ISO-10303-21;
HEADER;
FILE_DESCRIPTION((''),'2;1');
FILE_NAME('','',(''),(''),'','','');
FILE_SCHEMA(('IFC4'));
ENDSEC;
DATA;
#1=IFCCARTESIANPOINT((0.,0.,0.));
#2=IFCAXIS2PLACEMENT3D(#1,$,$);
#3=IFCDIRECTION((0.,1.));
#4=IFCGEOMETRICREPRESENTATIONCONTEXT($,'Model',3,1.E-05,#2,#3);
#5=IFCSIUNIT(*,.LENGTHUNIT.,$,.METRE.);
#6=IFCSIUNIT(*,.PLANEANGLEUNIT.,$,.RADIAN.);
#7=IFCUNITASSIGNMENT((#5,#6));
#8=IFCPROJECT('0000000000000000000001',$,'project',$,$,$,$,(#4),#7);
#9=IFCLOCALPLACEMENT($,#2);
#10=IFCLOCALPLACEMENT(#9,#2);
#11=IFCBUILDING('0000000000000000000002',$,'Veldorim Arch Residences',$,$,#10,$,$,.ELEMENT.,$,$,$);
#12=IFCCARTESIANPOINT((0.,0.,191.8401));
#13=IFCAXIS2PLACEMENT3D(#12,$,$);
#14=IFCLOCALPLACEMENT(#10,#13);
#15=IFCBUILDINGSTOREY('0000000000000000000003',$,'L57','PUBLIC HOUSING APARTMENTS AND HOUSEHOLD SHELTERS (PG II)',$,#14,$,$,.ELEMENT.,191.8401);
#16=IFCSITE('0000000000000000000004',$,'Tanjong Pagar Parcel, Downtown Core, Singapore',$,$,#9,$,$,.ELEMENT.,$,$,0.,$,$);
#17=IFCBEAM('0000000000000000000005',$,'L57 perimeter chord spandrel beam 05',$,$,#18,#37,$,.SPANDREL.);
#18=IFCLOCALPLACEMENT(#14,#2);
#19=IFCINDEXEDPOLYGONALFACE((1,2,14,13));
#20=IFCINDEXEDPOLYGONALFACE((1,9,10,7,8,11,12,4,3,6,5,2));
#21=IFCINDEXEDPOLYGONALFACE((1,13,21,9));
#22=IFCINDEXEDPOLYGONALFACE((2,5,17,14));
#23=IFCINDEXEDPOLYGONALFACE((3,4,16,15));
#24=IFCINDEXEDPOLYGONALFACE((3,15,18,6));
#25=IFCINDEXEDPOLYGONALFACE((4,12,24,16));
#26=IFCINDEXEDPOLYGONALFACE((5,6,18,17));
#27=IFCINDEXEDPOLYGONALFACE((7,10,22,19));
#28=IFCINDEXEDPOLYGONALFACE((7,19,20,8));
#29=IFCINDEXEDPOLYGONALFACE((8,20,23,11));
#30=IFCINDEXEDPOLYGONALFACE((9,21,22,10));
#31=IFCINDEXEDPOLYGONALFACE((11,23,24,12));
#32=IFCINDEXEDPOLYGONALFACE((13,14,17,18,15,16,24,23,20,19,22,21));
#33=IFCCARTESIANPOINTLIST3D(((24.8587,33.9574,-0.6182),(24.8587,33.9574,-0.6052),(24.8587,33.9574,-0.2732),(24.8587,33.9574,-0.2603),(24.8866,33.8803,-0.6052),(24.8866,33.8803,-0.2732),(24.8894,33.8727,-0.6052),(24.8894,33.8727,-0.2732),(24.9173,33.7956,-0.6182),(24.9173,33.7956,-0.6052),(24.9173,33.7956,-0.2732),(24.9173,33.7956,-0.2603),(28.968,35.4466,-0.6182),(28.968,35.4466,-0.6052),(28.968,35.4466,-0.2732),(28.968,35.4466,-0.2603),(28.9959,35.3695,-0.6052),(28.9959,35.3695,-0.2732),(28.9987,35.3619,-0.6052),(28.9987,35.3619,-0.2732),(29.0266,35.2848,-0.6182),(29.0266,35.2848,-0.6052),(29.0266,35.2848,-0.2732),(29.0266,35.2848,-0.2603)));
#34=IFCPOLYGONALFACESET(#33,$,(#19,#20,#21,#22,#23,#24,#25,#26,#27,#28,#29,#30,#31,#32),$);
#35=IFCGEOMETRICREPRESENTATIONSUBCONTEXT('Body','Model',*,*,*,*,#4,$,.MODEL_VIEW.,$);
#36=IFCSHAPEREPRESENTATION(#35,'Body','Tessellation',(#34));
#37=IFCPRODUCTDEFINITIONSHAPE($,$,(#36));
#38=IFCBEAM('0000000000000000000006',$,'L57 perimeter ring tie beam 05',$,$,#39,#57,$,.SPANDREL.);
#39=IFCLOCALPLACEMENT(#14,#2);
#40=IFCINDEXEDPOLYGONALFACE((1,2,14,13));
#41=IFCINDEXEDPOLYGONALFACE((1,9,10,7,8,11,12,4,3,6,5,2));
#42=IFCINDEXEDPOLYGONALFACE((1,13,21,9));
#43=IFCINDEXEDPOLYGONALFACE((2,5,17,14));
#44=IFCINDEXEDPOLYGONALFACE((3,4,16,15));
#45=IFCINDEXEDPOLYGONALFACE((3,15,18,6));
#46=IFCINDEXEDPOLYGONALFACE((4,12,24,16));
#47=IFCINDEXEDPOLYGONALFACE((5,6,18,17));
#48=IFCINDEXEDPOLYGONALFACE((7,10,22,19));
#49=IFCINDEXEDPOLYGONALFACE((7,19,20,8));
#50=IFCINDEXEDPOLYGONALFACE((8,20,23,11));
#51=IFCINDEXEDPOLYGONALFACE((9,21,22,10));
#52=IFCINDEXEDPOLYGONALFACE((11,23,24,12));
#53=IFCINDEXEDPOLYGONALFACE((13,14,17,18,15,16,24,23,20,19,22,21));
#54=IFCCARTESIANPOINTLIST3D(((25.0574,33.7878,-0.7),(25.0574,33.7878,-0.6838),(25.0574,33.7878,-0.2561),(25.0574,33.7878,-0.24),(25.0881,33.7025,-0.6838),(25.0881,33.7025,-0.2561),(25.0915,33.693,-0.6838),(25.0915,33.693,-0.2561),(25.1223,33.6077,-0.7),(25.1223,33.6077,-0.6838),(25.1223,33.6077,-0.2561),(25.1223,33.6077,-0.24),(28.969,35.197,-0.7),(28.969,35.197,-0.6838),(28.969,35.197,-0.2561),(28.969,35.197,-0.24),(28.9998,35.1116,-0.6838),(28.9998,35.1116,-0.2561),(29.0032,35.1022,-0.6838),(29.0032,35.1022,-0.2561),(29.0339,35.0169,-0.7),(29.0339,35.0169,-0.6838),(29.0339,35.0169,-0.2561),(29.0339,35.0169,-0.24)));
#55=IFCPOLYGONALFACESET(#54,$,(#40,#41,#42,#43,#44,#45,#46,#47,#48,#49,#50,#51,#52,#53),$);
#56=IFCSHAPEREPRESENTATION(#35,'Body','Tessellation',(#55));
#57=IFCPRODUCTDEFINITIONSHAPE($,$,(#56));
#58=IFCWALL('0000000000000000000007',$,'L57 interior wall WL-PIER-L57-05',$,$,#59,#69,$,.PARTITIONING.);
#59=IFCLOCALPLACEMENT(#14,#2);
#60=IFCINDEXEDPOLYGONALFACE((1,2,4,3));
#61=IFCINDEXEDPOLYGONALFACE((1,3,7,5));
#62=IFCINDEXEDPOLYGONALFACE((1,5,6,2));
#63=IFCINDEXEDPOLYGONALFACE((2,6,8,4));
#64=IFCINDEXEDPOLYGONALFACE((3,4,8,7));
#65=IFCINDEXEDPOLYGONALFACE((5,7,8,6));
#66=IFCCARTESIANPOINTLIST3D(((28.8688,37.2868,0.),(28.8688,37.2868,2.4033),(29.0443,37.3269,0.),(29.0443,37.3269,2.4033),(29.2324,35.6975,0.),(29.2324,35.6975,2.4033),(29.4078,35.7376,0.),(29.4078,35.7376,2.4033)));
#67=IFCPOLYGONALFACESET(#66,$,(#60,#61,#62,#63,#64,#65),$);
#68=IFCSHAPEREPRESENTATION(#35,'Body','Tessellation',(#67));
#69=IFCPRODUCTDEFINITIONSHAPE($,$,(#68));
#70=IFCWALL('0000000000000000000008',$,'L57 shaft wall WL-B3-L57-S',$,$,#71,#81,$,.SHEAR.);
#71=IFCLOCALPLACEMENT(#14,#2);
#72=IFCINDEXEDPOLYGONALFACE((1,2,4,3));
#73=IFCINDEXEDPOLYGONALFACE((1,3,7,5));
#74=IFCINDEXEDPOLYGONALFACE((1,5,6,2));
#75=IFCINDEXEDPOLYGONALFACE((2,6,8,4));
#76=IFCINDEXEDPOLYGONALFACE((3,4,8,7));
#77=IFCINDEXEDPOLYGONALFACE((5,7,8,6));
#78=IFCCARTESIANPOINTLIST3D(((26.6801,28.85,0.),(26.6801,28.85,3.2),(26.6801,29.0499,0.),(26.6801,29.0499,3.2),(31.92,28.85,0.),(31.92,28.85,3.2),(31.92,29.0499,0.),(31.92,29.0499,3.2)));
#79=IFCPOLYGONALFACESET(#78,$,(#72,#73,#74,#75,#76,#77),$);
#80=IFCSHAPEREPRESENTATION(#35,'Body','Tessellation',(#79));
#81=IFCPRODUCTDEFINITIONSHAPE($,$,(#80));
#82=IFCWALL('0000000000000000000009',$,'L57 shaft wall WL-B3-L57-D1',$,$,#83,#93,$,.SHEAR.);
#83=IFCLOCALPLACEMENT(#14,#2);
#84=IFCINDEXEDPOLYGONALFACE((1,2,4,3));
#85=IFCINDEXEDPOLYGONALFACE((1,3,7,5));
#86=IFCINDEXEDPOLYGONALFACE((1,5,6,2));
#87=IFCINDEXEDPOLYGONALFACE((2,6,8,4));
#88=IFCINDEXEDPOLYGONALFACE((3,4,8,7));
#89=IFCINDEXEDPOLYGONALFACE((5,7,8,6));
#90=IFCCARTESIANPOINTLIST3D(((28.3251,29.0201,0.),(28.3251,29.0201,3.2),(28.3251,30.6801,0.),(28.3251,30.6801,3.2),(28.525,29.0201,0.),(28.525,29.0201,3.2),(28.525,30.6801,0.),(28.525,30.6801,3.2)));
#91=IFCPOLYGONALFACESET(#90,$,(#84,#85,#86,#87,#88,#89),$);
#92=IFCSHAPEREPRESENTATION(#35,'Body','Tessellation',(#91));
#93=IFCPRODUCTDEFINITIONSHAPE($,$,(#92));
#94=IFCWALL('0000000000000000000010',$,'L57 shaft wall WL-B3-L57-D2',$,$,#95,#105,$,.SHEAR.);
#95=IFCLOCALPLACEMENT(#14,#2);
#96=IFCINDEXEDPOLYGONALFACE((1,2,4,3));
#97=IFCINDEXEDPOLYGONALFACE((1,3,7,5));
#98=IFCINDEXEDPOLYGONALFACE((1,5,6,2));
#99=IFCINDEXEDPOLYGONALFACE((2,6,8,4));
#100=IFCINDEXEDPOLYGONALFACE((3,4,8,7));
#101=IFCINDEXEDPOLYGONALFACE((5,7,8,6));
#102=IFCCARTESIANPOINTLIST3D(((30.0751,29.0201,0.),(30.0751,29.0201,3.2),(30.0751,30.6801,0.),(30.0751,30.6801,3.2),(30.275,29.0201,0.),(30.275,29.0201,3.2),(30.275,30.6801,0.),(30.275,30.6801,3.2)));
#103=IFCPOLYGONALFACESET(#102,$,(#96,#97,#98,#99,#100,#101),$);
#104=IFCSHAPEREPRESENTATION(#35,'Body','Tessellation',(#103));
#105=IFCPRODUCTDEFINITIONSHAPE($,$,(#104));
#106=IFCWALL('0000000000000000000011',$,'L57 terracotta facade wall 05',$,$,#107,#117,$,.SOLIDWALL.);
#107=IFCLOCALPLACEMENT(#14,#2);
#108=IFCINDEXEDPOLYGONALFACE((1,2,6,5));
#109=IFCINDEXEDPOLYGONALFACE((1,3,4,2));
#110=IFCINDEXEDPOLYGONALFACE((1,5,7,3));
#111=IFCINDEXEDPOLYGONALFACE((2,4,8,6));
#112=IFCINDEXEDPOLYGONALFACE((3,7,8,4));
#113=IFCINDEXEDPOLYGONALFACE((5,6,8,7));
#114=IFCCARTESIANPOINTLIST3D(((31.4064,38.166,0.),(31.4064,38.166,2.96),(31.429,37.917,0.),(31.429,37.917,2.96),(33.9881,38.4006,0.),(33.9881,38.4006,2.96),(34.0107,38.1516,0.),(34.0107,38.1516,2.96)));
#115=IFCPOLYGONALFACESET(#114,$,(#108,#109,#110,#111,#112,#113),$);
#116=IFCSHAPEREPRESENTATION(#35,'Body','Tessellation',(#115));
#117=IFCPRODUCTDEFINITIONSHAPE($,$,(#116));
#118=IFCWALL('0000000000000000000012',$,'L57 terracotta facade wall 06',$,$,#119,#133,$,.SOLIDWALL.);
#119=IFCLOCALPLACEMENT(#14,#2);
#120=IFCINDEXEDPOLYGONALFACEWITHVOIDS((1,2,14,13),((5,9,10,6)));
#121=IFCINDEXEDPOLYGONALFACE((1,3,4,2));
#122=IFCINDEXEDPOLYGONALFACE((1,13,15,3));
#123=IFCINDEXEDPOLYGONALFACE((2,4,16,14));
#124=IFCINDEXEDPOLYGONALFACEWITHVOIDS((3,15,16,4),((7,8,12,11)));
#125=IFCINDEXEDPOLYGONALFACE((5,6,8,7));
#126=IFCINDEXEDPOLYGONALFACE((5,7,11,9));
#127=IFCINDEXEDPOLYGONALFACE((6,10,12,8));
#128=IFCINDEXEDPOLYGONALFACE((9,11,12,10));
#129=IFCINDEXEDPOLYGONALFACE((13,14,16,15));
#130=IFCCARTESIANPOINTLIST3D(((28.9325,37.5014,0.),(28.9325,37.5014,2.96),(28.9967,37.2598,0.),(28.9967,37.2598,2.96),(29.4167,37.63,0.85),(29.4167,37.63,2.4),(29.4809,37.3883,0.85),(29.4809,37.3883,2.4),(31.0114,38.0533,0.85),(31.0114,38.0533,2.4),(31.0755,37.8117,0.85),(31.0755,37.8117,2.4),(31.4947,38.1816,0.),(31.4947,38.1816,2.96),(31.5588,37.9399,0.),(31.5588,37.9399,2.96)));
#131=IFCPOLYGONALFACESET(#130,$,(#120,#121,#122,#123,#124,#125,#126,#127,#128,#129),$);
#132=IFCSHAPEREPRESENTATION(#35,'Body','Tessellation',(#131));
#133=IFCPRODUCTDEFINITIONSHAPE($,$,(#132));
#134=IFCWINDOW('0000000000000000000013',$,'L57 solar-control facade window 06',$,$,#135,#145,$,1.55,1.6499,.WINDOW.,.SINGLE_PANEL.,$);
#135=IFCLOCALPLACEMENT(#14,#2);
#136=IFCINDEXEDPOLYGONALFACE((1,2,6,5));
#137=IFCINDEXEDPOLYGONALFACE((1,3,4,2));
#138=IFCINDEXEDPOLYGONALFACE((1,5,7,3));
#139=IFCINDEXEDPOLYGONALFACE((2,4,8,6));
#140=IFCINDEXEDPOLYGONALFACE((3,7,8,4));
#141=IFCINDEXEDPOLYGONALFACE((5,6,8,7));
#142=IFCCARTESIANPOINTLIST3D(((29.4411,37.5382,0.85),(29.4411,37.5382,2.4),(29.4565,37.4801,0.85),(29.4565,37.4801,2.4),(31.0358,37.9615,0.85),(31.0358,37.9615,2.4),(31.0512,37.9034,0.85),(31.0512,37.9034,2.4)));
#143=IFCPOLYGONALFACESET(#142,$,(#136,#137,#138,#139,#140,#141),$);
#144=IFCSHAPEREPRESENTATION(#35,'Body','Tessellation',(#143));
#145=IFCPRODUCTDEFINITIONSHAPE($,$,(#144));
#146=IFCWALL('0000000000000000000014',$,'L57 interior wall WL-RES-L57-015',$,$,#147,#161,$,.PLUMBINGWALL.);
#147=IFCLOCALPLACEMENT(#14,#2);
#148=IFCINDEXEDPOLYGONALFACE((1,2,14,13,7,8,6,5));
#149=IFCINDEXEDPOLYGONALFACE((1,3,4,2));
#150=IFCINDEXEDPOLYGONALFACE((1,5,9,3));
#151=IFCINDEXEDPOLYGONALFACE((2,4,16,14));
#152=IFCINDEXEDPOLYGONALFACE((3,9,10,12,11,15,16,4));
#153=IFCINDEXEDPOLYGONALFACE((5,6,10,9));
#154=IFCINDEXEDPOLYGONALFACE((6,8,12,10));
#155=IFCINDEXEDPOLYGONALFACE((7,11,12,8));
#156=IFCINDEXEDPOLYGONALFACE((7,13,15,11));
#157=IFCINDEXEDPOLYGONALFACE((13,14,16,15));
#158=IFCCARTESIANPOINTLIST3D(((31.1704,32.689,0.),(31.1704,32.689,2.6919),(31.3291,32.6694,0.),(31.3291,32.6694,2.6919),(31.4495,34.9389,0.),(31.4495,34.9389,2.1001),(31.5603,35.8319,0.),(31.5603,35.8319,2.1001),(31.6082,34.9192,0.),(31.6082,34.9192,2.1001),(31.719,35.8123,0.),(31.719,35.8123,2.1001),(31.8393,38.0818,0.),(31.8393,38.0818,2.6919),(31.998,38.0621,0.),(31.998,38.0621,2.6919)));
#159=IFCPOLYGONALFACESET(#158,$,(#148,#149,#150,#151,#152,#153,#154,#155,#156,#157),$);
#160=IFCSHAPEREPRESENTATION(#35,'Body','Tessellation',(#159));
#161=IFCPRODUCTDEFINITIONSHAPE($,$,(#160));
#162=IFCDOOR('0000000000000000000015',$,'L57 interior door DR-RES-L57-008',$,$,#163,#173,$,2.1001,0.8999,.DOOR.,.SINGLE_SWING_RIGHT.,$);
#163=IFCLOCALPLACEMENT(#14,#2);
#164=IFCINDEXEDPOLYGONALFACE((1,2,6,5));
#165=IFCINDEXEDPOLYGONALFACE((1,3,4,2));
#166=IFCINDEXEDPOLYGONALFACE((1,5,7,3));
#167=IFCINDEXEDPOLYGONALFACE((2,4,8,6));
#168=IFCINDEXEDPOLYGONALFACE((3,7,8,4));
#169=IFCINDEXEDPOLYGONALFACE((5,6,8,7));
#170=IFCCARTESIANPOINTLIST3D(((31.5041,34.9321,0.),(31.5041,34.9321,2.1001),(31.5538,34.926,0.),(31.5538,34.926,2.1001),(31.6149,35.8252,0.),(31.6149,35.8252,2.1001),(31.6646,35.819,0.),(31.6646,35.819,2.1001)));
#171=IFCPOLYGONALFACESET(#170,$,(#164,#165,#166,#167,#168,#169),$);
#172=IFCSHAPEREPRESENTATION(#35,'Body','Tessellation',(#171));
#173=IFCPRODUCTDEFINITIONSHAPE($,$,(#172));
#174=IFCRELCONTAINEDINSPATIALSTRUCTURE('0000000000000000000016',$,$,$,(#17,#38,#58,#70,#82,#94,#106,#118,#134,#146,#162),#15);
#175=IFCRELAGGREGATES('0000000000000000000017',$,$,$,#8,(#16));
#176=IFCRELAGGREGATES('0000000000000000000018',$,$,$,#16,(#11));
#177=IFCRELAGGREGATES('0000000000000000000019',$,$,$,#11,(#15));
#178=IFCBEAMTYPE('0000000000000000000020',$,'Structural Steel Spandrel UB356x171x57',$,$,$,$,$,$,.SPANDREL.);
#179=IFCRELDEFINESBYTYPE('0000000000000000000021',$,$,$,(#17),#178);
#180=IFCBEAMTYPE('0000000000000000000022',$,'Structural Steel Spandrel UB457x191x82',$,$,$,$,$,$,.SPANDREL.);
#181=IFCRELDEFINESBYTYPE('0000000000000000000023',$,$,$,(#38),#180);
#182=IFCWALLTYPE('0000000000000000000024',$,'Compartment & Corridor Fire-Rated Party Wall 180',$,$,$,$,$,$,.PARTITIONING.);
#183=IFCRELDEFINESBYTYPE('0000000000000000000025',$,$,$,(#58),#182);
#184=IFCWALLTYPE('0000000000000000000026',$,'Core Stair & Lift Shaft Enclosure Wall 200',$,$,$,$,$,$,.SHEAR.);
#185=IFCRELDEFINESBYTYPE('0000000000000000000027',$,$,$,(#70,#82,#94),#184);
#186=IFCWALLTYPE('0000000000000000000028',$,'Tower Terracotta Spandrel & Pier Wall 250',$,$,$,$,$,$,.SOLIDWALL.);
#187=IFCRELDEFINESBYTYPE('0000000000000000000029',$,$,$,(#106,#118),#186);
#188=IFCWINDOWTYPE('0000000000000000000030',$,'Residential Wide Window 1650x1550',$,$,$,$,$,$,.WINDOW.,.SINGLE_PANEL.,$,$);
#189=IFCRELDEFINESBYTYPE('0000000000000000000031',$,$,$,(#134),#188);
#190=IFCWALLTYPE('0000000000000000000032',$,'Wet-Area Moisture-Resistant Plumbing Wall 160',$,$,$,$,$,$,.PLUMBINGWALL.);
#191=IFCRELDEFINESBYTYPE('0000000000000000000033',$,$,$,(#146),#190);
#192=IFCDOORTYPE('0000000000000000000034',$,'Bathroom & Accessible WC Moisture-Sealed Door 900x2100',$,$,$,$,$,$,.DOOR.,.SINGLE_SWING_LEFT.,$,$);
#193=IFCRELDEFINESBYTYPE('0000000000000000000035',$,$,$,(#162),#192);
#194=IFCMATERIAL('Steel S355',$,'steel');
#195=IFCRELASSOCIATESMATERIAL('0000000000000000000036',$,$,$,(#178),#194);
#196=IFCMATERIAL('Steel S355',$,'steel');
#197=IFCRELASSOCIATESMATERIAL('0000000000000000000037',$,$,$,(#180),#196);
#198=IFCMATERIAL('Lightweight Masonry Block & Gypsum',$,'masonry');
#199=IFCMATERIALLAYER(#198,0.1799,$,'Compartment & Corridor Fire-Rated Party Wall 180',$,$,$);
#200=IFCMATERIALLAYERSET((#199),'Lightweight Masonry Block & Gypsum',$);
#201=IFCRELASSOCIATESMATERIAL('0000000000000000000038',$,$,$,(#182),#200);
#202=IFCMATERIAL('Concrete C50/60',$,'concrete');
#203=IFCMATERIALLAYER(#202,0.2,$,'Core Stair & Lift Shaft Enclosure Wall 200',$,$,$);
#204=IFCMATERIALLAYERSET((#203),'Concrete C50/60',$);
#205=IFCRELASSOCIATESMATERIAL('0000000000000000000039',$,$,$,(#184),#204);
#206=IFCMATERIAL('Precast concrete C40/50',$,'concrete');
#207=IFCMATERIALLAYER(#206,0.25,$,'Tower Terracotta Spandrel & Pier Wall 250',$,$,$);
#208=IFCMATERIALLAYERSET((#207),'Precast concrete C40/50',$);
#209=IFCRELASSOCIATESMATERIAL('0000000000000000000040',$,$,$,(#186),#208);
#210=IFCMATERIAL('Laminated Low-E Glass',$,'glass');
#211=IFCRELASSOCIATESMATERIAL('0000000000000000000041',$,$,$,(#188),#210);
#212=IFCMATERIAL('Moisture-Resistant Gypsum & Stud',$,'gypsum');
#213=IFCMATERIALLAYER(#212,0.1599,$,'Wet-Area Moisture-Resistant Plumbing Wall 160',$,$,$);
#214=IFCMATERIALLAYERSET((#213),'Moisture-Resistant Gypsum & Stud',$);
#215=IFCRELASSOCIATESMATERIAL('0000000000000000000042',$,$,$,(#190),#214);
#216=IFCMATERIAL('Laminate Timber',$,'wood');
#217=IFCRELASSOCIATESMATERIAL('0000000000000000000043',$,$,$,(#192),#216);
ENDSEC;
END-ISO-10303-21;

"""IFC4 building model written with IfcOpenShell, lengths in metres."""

from ifc_helpers import new_model, si_unit, direction, frame, frame_2d, origin, origin_2d, place, context, subcontext, project, spatial, rectangle, i_section, extrude, material, layer, layer_set, material_profile, profile_set, type_object, element, fill, save


model = new_model("IFC4")

# Units and contexts
model_context = context("Model", 3, precision=1e-05, world=origin(), true_north=direction((0.0, 1.0)))
body_context = subcontext(model_context, "Body", "Model", "MODEL_VIEW")
ifc_project = project(units=[si_unit("LENGTHUNIT", "METRE"), si_unit("PLANEANGLEUNIT", "RADIAN")], contexts=[model_context])

# Site, building, storey
site_placement = place(None, origin())
site = spatial("IfcSite", under=ifc_project, at=site_placement, Name="Tanjong Pagar Parcel, Downtown Core, Singapore", CompositionType="ELEMENT", RefElevation=0.0)
building_placement = place(site_placement, origin())
building = spatial("IfcBuilding", under=site, at=building_placement, Name="Veldorim Arch Residences", CompositionType="ELEMENT")
storey_placement = place(building_placement, frame((0.0, 0.0, 191.8401)))
storey = spatial("IfcBuildingStorey", under=building, at=storey_placement, Name="L57", Description="PUBLIC HOUSING APARTMENTS AND HOUSEHOLD SHELTERS (PG II)", CompositionType="ELEMENT", Elevation=191.8401)

# Beams
ifc_material_1 = material(Name="Steel S355", Category="steel")
ifc_material_profile_1 = material_profile(ifc_material_1, i_section(OverallWidth=0.1721, OverallDepth=0.3579, WebThickness=0.0081, FlangeThickness=0.0129, at=origin_2d()), Name="UB356x171x57")
ifc_profile_set_1 = profile_set([ifc_material_profile_1], Name="Steel S355")
beam_type_1 = type_object("IfcBeamType", Name="Structural Steel Spandrel UB356x171x57", PredefinedType="SPANDREL", material=ifc_profile_set_1)
beam_1_placement = place(storey_placement, frame((28.9973, 35.3657, -0.4392), z_axis=(-0.940165, -0.34072, 0.0), x_axis=(0.34072, -0.940165, 0.0)))
element("IfcBeam", 1, at=beam_1_placement, inside=storey, type_object=beam_type_1, Name="L57 perimeter chord spandrel beam 05", PredefinedType="SPANDREL", context=body_context, shape_type="SweptSolid", body=[
    extrude(i_section(OverallWidth=0.1721, OverallDepth=0.3579, WebThickness=0.0081, FlangeThickness=0.0129, at=origin_2d()), origin(), (0.0, 0.0, 1.0), 4.3708),
])
ifc_material_2 = material(Name="Steel S355", Category="steel")
ifc_material_profile_2 = material_profile(ifc_material_2, i_section(OverallWidth=0.1914, OverallDepth=0.46, WebThickness=0.01, FlangeThickness=0.0161, at=origin_2d()), Name="UB457x191x82")
ifc_profile_set_2 = profile_set([ifc_material_profile_2], Name="Steel S355")
beam_type_2 = type_object("IfcBeamType", Name="Structural Steel Spandrel UB457x191x82", PredefinedType="SPANDREL", material=ifc_profile_set_2)
beam_2_placement = place(storey_placement, frame((29.0015, 35.1069, -0.47), z_axis=(-0.940811, -0.338932, 0.0), x_axis=(0.338932, -0.940811, 0.0)))
element("IfcBeam", 2, at=beam_2_placement, inside=storey, type_object=beam_type_2, Name="L57 perimeter ring tie beam 05", PredefinedType="SPANDREL", context=body_context, shape_type="SweptSolid", body=[
    extrude(i_section(OverallWidth=0.1914, OverallDepth=0.46, WebThickness=0.01, FlangeThickness=0.0161, at=origin_2d()), origin(), (0.0, 0.0, 1.0), 4.1577),
])

# Walls
ifc_material_3 = material(Name="Lightweight Masonry Block & Gypsum", Category="masonry")
ifc_layer_1 = layer(ifc_material_3, 0.1799, Name="Compartment & Corridor Fire-Rated Party Wall 180")
ifc_layer_set_1 = layer_set([ifc_layer_1], Name="Lightweight Masonry Block & Gypsum")
wall_type_1 = type_object("IfcWallType", Name="Compartment & Corridor Fire-Rated Party Wall 180", PredefinedType="PARTITIONING", material=ifc_layer_set_1)
wall_1_placement = place(storey_placement, frame((29.3201, 35.7175, 0.0), z_axis=(0.0, 0.0, 1.0), x_axis=(-0.222967, 0.974826, 0.0)))
element("IfcWall", 3, at=wall_1_placement, inside=storey, type_object=wall_type_1, Name="L57 interior wall WL-PIER-L57-05", PredefinedType="PARTITIONING", context=body_context, shape_type="SweptSolid", body=[
    extrude(rectangle(XDim=1.6304, YDim=0.1799, at=frame_2d((0.8152, 0.0))), origin(), (0.0, 0.0, 1.0), 2.4033),
])
ifc_material_4 = material(Name="Concrete C50/60", Category="concrete")
ifc_layer_2 = layer(ifc_material_4, 0.2, Name="Core Stair & Lift Shaft Enclosure Wall 200")
ifc_layer_set_2 = layer_set([ifc_layer_2], Name="Concrete C50/60")
wall_type_2 = type_object("IfcWallType", Name="Core Stair & Lift Shaft Enclosure Wall 200", PredefinedType="SHEAR", material=ifc_layer_set_2)
wall_2_placement = place(storey_placement, frame((26.6799, 28.95, 0.0), z_axis=(0.0, 0.0, 1.0), x_axis=(1.0, 0.0, 0.0)))
element("IfcWall", 4, at=wall_2_placement, inside=storey, type_object=wall_type_2, Name="L57 shaft wall WL-B3-L57-S", PredefinedType="SHEAR", context=body_context, shape_type="SweptSolid", body=[
    extrude(rectangle(XDim=5.24, YDim=0.2, at=frame_2d((2.6201, 0.0))), origin(), (0.0, 0.0, 1.0), 3.2),
])
for number, where, z_axis, x_axis, name in (
    (5, (28.425, 29.02, 0.0), (0.0, 0.0, 1.0), (0.0, 1.0, 0.0), "L57 shaft wall WL-B3-L57-D1"),
    (6, (30.175, 29.02, 0.0), (0.0, 0.0, 1.0), (0.0, 1.0, 0.0), "L57 shaft wall WL-B3-L57-D2"),
):
    element("IfcWall", number, at=place(storey_placement, frame(where, z_axis=z_axis, x_axis=x_axis)), inside=storey, type_object=wall_type_2, Name=name, PredefinedType="SHEAR", context=body_context, shape_type="SweptSolid", body=[
        extrude(rectangle(XDim=1.6599, YDim=0.2, at=frame_2d((0.8301, 0.0))), origin(), (0.0, 0.0, 1.0), 3.2),
    ])
ifc_material_5 = material(Name="Precast concrete C40/50", Category="concrete")
ifc_layer_3 = layer(ifc_material_5, 0.25, Name="Tower Terracotta Spandrel & Pier Wall 250")
ifc_layer_set_3 = layer_set([ifc_layer_3], Name="Precast concrete C40/50")
wall_type_3 = type_object("IfcWallType", Name="Tower Terracotta Spandrel & Pier Wall 250", PredefinedType="SOLIDWALL", material=ifc_layer_set_3)
wall_3_placement = place(storey_placement, frame((31.4177, 38.0415, 0.0), z_axis=(0.0, 0.0, 1.0), x_axis=(0.995896, 0.09051, 0.0)))
element("IfcWall", 7, at=wall_3_placement, inside=storey, type_object=wall_type_3, Name="L57 terracotta facade wall 05", PredefinedType="SOLIDWALL", context=body_context, shape_type="SweptSolid", body=[
    extrude(rectangle(XDim=2.5923, YDim=0.25, at=frame_2d((1.2961, 0.0))), origin(), (0.0, 0.0, 1.0), 2.96),
])

# Wall, opening, window
wall_4_placement = place(storey_placement, frame((28.9646, 37.3806, 0.0), z_axis=(0.0, 0.0, 1.0), x_axis=(0.966525, 0.256573, 0.0)))
wall_4 = element("IfcWall", 8, at=wall_4_placement, inside=storey, type_object=wall_type_3, Name="L57 terracotta facade wall 06", PredefinedType="SOLIDWALL", context=body_context, shape_type="SweptSolid", body=[
    extrude(rectangle(XDim=2.6509, YDim=0.25, at=frame_2d((1.3254, 0.0))), origin(), (0.0, 0.0, 1.0), 2.96),
])
opening_1_placement = place(wall_4_placement, frame((0.501, 0.0, 0.8501)))
opening_1 = element("IfcOpeningElement", 9, at=opening_1_placement, cuts=wall_4, PredefinedType="OPENING", context=body_context, shape_type="SweptSolid", body=[
    extrude(rectangle(XDim=1.6499, YDim=1.55, at=frame_2d((0.825, 0.7749))), frame((0.0, 0.135, 0.0), z_axis=(0.0, -1.0, 0.0), x_axis=(1.0, 0.0, 0.0)), (0.0, 0.0, 1.0), 0.27),
])
ifc_material_6 = material(Name="Laminated Low-E Glass", Category="glass")
window_type = type_object("IfcWindowType", Name="Residential Wide Window 1650x1550", PartitioningType="SINGLE_PANEL", PredefinedType="WINDOW", material=ifc_material_6)
window_placement = place(opening_1_placement, origin())
window = element("IfcWindow", 10, at=window_placement, inside=storey, type_object=window_type, Name="L57 solar-control facade window 06", OverallHeight=1.55, OverallWidth=1.6499, PartitioningType="SINGLE_PANEL", PredefinedType="WINDOW", context=body_context, shape_type="SweptSolid", body=[
    extrude(rectangle(XDim=1.6499, YDim=1.55, at=frame_2d((0.825, 0.7749))), frame((0.0, 0.03, 0.0), z_axis=(0.0, -1.0, 0.0), x_axis=(1.0, 0.0, 0.0)), (0.0, 0.0, 1.0), 0.0601),
])
fill(opening_1, window)

# Wall, opening, door
ifc_material_7 = material(Name="Moisture-Resistant Gypsum & Stud", Category="gypsum")
ifc_layer_4 = layer(ifc_material_7, 0.1599, Name="Wet-Area Moisture-Resistant Plumbing Wall 160")
ifc_layer_set_4 = layer_set([ifc_layer_4], Name="Moisture-Resistant Gypsum & Stud")
wall_type_4 = type_object("IfcWallType", Name="Wet-Area Moisture-Resistant Plumbing Wall 160", PredefinedType="PLUMBINGWALL", material=ifc_layer_set_4)
wall_5_placement = place(storey_placement, frame((31.2498, 32.6792, 0.0), z_axis=(0.0, 0.0, 1.0), x_axis=(0.1231, 0.992394, 0.0)))
wall_5 = element("IfcWall", 11, at=wall_5_placement, inside=storey, type_object=wall_type_4, Name="L57 interior wall WL-RES-L57-015", PredefinedType="PLUMBINGWALL", context=body_context, shape_type="SweptSolid", body=[
    extrude(rectangle(XDim=5.4341, YDim=0.1599, at=frame_2d((2.717, 0.0))), origin(), (0.0, 0.0, 1.0), 2.6919),
])
opening_2_placement = place(wall_5_placement, frame((2.2671, 0.0, 0.0)))
opening_2 = element("IfcOpeningElement", 12, at=opening_2_placement, cuts=wall_5, PredefinedType="OPENING", context=body_context, shape_type="SweptSolid", body=[
    extrude(rectangle(XDim=0.8999, YDim=2.1001, at=frame_2d((0.45, 1.05))), frame((0.0, 0.0898, 0.0), z_axis=(0.0, -1.0, 0.0), x_axis=(1.0, 0.0, 0.0)), (0.0, 0.0, 1.0), 0.1799),
])
ifc_material_8 = material(Name="Laminate Timber", Category="wood")
door_type = type_object("IfcDoorType", Name="Bathroom & Accessible WC Moisture-Sealed Door 900x2100", OperationType="SINGLE_SWING_LEFT", PredefinedType="DOOR", material=ifc_material_8)
door_placement = place(opening_2_placement, origin())
door = element("IfcDoor", 13, at=door_placement, inside=storey, type_object=door_type, Name="L57 interior door DR-RES-L57-008", OperationType="SINGLE_SWING_RIGHT", OverallHeight=2.1001, OverallWidth=0.8999, PredefinedType="DOOR", context=body_context, shape_type="SweptSolid", body=[
    extrude(rectangle(XDim=0.8999, YDim=2.1001, at=frame_2d((0.45, 1.05))), frame((0.0, 0.0249, 0.0), z_axis=(0.0, -1.0, 0.0), x_axis=(1.0, 0.0, 0.0)), (0.0, 0.0, 1.0), 0.05),
])
fill(opening_2, door)

save(model, "model.ifc")
